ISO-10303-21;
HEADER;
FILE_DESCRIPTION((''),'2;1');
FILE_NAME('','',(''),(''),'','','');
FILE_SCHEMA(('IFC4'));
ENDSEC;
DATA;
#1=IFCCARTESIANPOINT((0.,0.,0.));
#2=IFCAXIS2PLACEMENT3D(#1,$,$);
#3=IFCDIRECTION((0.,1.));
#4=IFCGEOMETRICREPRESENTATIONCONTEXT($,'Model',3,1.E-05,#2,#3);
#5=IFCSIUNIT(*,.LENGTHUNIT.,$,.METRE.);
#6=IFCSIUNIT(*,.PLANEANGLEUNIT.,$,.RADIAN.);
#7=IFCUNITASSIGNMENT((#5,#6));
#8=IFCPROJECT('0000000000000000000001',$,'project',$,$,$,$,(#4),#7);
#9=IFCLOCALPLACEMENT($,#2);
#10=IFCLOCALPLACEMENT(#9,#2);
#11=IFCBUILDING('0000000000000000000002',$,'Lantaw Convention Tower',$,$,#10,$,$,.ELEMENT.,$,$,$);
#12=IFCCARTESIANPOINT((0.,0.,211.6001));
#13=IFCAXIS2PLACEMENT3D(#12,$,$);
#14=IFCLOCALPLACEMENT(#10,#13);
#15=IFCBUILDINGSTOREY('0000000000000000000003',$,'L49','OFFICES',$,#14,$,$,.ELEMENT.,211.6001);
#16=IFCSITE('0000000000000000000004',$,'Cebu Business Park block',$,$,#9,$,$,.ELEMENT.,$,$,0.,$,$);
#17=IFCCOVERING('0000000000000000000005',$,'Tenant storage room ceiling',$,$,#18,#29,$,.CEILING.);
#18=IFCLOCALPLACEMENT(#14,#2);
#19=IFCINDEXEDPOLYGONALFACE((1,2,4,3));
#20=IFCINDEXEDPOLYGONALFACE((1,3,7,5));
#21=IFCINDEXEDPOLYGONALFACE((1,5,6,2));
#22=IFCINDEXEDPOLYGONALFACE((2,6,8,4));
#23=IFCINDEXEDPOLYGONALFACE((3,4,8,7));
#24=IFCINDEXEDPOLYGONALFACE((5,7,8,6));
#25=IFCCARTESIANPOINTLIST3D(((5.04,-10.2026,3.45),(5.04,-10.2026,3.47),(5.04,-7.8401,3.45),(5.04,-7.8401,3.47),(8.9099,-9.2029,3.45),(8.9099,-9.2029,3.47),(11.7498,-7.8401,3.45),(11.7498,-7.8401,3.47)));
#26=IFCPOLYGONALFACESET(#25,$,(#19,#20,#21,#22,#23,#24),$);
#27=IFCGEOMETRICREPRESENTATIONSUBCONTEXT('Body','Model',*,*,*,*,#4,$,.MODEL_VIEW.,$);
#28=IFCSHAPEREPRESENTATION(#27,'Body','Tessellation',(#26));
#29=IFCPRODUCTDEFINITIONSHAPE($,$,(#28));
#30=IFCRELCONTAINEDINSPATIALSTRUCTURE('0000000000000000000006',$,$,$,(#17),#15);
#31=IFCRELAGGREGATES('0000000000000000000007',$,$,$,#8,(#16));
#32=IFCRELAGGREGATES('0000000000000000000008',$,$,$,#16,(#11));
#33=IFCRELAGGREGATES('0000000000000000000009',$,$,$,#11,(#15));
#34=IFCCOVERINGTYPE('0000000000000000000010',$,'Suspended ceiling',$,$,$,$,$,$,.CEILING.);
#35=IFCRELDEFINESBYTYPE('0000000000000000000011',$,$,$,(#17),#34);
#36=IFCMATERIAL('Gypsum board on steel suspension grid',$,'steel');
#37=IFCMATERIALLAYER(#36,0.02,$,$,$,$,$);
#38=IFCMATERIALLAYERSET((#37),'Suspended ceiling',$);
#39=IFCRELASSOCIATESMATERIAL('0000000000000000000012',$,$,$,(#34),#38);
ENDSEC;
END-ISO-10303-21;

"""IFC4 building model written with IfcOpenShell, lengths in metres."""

from ifc_helpers import new_model, si_unit, direction, frame, origin, place, context, subcontext, project, spatial, polyline, outline, extrude, material, layer, layer_set, type_object, element, save


model = new_model("IFC4")

# Units and contexts
model_context = context("Model", 3, precision=1e-05, world=origin(), true_north=direction((0.0, 1.0)))
body_context = subcontext(model_context, "Body", "Model", "MODEL_VIEW")
ifc_project = project(units=[si_unit("LENGTHUNIT", "METRE"), si_unit("PLANEANGLEUNIT", "RADIAN")], contexts=[model_context])

# Site, building, storey
site_placement = place(None, origin())
site = spatial("IfcSite", under=ifc_project, at=site_placement, Name="Cebu Business Park block", CompositionType="ELEMENT", RefElevation=0.0)
building_placement = place(site_placement, origin())
building = spatial("IfcBuilding", under=site, at=building_placement, Name="Lantaw Convention Tower", CompositionType="ELEMENT")
storey_placement = place(building_placement, frame((0.0, 0.0, 211.6001)))
storey = spatial("IfcBuildingStorey", under=building, at=storey_placement, Name="L49", Description="OFFICES", CompositionType="ELEMENT", Elevation=211.6001)

# Covering
ifc_material_1 = material(Name="Gypsum board on steel suspension grid", Category="steel")
ifc_layer_1 = layer(ifc_material_1, 0.02)
ifc_layer_set_1 = layer_set([ifc_layer_1], Name="Suspended ceiling")
covering_type = type_object("IfcCoveringType", Name="Suspended ceiling", PredefinedType="CEILING", material=ifc_layer_set_1)
covering_1_placement = place(storey_placement, frame((0.0, 0.0, 3.45)))
element("IfcCovering", 1, at=covering_1_placement, inside=storey, type_object=covering_type, Name="Tenant storage room ceiling", PredefinedType="CEILING", context=body_context, shape_type="SweptSolid", body=[
    extrude(outline(polyline([(5.04, -7.8401), (5.04, -10.2026), (8.9099, -9.2029), (11.7498, -7.8401), (5.04, -7.8401)])), origin(), (0.0, 0.0, 1.0), 0.02),
])

save(model, "model.ifc")
